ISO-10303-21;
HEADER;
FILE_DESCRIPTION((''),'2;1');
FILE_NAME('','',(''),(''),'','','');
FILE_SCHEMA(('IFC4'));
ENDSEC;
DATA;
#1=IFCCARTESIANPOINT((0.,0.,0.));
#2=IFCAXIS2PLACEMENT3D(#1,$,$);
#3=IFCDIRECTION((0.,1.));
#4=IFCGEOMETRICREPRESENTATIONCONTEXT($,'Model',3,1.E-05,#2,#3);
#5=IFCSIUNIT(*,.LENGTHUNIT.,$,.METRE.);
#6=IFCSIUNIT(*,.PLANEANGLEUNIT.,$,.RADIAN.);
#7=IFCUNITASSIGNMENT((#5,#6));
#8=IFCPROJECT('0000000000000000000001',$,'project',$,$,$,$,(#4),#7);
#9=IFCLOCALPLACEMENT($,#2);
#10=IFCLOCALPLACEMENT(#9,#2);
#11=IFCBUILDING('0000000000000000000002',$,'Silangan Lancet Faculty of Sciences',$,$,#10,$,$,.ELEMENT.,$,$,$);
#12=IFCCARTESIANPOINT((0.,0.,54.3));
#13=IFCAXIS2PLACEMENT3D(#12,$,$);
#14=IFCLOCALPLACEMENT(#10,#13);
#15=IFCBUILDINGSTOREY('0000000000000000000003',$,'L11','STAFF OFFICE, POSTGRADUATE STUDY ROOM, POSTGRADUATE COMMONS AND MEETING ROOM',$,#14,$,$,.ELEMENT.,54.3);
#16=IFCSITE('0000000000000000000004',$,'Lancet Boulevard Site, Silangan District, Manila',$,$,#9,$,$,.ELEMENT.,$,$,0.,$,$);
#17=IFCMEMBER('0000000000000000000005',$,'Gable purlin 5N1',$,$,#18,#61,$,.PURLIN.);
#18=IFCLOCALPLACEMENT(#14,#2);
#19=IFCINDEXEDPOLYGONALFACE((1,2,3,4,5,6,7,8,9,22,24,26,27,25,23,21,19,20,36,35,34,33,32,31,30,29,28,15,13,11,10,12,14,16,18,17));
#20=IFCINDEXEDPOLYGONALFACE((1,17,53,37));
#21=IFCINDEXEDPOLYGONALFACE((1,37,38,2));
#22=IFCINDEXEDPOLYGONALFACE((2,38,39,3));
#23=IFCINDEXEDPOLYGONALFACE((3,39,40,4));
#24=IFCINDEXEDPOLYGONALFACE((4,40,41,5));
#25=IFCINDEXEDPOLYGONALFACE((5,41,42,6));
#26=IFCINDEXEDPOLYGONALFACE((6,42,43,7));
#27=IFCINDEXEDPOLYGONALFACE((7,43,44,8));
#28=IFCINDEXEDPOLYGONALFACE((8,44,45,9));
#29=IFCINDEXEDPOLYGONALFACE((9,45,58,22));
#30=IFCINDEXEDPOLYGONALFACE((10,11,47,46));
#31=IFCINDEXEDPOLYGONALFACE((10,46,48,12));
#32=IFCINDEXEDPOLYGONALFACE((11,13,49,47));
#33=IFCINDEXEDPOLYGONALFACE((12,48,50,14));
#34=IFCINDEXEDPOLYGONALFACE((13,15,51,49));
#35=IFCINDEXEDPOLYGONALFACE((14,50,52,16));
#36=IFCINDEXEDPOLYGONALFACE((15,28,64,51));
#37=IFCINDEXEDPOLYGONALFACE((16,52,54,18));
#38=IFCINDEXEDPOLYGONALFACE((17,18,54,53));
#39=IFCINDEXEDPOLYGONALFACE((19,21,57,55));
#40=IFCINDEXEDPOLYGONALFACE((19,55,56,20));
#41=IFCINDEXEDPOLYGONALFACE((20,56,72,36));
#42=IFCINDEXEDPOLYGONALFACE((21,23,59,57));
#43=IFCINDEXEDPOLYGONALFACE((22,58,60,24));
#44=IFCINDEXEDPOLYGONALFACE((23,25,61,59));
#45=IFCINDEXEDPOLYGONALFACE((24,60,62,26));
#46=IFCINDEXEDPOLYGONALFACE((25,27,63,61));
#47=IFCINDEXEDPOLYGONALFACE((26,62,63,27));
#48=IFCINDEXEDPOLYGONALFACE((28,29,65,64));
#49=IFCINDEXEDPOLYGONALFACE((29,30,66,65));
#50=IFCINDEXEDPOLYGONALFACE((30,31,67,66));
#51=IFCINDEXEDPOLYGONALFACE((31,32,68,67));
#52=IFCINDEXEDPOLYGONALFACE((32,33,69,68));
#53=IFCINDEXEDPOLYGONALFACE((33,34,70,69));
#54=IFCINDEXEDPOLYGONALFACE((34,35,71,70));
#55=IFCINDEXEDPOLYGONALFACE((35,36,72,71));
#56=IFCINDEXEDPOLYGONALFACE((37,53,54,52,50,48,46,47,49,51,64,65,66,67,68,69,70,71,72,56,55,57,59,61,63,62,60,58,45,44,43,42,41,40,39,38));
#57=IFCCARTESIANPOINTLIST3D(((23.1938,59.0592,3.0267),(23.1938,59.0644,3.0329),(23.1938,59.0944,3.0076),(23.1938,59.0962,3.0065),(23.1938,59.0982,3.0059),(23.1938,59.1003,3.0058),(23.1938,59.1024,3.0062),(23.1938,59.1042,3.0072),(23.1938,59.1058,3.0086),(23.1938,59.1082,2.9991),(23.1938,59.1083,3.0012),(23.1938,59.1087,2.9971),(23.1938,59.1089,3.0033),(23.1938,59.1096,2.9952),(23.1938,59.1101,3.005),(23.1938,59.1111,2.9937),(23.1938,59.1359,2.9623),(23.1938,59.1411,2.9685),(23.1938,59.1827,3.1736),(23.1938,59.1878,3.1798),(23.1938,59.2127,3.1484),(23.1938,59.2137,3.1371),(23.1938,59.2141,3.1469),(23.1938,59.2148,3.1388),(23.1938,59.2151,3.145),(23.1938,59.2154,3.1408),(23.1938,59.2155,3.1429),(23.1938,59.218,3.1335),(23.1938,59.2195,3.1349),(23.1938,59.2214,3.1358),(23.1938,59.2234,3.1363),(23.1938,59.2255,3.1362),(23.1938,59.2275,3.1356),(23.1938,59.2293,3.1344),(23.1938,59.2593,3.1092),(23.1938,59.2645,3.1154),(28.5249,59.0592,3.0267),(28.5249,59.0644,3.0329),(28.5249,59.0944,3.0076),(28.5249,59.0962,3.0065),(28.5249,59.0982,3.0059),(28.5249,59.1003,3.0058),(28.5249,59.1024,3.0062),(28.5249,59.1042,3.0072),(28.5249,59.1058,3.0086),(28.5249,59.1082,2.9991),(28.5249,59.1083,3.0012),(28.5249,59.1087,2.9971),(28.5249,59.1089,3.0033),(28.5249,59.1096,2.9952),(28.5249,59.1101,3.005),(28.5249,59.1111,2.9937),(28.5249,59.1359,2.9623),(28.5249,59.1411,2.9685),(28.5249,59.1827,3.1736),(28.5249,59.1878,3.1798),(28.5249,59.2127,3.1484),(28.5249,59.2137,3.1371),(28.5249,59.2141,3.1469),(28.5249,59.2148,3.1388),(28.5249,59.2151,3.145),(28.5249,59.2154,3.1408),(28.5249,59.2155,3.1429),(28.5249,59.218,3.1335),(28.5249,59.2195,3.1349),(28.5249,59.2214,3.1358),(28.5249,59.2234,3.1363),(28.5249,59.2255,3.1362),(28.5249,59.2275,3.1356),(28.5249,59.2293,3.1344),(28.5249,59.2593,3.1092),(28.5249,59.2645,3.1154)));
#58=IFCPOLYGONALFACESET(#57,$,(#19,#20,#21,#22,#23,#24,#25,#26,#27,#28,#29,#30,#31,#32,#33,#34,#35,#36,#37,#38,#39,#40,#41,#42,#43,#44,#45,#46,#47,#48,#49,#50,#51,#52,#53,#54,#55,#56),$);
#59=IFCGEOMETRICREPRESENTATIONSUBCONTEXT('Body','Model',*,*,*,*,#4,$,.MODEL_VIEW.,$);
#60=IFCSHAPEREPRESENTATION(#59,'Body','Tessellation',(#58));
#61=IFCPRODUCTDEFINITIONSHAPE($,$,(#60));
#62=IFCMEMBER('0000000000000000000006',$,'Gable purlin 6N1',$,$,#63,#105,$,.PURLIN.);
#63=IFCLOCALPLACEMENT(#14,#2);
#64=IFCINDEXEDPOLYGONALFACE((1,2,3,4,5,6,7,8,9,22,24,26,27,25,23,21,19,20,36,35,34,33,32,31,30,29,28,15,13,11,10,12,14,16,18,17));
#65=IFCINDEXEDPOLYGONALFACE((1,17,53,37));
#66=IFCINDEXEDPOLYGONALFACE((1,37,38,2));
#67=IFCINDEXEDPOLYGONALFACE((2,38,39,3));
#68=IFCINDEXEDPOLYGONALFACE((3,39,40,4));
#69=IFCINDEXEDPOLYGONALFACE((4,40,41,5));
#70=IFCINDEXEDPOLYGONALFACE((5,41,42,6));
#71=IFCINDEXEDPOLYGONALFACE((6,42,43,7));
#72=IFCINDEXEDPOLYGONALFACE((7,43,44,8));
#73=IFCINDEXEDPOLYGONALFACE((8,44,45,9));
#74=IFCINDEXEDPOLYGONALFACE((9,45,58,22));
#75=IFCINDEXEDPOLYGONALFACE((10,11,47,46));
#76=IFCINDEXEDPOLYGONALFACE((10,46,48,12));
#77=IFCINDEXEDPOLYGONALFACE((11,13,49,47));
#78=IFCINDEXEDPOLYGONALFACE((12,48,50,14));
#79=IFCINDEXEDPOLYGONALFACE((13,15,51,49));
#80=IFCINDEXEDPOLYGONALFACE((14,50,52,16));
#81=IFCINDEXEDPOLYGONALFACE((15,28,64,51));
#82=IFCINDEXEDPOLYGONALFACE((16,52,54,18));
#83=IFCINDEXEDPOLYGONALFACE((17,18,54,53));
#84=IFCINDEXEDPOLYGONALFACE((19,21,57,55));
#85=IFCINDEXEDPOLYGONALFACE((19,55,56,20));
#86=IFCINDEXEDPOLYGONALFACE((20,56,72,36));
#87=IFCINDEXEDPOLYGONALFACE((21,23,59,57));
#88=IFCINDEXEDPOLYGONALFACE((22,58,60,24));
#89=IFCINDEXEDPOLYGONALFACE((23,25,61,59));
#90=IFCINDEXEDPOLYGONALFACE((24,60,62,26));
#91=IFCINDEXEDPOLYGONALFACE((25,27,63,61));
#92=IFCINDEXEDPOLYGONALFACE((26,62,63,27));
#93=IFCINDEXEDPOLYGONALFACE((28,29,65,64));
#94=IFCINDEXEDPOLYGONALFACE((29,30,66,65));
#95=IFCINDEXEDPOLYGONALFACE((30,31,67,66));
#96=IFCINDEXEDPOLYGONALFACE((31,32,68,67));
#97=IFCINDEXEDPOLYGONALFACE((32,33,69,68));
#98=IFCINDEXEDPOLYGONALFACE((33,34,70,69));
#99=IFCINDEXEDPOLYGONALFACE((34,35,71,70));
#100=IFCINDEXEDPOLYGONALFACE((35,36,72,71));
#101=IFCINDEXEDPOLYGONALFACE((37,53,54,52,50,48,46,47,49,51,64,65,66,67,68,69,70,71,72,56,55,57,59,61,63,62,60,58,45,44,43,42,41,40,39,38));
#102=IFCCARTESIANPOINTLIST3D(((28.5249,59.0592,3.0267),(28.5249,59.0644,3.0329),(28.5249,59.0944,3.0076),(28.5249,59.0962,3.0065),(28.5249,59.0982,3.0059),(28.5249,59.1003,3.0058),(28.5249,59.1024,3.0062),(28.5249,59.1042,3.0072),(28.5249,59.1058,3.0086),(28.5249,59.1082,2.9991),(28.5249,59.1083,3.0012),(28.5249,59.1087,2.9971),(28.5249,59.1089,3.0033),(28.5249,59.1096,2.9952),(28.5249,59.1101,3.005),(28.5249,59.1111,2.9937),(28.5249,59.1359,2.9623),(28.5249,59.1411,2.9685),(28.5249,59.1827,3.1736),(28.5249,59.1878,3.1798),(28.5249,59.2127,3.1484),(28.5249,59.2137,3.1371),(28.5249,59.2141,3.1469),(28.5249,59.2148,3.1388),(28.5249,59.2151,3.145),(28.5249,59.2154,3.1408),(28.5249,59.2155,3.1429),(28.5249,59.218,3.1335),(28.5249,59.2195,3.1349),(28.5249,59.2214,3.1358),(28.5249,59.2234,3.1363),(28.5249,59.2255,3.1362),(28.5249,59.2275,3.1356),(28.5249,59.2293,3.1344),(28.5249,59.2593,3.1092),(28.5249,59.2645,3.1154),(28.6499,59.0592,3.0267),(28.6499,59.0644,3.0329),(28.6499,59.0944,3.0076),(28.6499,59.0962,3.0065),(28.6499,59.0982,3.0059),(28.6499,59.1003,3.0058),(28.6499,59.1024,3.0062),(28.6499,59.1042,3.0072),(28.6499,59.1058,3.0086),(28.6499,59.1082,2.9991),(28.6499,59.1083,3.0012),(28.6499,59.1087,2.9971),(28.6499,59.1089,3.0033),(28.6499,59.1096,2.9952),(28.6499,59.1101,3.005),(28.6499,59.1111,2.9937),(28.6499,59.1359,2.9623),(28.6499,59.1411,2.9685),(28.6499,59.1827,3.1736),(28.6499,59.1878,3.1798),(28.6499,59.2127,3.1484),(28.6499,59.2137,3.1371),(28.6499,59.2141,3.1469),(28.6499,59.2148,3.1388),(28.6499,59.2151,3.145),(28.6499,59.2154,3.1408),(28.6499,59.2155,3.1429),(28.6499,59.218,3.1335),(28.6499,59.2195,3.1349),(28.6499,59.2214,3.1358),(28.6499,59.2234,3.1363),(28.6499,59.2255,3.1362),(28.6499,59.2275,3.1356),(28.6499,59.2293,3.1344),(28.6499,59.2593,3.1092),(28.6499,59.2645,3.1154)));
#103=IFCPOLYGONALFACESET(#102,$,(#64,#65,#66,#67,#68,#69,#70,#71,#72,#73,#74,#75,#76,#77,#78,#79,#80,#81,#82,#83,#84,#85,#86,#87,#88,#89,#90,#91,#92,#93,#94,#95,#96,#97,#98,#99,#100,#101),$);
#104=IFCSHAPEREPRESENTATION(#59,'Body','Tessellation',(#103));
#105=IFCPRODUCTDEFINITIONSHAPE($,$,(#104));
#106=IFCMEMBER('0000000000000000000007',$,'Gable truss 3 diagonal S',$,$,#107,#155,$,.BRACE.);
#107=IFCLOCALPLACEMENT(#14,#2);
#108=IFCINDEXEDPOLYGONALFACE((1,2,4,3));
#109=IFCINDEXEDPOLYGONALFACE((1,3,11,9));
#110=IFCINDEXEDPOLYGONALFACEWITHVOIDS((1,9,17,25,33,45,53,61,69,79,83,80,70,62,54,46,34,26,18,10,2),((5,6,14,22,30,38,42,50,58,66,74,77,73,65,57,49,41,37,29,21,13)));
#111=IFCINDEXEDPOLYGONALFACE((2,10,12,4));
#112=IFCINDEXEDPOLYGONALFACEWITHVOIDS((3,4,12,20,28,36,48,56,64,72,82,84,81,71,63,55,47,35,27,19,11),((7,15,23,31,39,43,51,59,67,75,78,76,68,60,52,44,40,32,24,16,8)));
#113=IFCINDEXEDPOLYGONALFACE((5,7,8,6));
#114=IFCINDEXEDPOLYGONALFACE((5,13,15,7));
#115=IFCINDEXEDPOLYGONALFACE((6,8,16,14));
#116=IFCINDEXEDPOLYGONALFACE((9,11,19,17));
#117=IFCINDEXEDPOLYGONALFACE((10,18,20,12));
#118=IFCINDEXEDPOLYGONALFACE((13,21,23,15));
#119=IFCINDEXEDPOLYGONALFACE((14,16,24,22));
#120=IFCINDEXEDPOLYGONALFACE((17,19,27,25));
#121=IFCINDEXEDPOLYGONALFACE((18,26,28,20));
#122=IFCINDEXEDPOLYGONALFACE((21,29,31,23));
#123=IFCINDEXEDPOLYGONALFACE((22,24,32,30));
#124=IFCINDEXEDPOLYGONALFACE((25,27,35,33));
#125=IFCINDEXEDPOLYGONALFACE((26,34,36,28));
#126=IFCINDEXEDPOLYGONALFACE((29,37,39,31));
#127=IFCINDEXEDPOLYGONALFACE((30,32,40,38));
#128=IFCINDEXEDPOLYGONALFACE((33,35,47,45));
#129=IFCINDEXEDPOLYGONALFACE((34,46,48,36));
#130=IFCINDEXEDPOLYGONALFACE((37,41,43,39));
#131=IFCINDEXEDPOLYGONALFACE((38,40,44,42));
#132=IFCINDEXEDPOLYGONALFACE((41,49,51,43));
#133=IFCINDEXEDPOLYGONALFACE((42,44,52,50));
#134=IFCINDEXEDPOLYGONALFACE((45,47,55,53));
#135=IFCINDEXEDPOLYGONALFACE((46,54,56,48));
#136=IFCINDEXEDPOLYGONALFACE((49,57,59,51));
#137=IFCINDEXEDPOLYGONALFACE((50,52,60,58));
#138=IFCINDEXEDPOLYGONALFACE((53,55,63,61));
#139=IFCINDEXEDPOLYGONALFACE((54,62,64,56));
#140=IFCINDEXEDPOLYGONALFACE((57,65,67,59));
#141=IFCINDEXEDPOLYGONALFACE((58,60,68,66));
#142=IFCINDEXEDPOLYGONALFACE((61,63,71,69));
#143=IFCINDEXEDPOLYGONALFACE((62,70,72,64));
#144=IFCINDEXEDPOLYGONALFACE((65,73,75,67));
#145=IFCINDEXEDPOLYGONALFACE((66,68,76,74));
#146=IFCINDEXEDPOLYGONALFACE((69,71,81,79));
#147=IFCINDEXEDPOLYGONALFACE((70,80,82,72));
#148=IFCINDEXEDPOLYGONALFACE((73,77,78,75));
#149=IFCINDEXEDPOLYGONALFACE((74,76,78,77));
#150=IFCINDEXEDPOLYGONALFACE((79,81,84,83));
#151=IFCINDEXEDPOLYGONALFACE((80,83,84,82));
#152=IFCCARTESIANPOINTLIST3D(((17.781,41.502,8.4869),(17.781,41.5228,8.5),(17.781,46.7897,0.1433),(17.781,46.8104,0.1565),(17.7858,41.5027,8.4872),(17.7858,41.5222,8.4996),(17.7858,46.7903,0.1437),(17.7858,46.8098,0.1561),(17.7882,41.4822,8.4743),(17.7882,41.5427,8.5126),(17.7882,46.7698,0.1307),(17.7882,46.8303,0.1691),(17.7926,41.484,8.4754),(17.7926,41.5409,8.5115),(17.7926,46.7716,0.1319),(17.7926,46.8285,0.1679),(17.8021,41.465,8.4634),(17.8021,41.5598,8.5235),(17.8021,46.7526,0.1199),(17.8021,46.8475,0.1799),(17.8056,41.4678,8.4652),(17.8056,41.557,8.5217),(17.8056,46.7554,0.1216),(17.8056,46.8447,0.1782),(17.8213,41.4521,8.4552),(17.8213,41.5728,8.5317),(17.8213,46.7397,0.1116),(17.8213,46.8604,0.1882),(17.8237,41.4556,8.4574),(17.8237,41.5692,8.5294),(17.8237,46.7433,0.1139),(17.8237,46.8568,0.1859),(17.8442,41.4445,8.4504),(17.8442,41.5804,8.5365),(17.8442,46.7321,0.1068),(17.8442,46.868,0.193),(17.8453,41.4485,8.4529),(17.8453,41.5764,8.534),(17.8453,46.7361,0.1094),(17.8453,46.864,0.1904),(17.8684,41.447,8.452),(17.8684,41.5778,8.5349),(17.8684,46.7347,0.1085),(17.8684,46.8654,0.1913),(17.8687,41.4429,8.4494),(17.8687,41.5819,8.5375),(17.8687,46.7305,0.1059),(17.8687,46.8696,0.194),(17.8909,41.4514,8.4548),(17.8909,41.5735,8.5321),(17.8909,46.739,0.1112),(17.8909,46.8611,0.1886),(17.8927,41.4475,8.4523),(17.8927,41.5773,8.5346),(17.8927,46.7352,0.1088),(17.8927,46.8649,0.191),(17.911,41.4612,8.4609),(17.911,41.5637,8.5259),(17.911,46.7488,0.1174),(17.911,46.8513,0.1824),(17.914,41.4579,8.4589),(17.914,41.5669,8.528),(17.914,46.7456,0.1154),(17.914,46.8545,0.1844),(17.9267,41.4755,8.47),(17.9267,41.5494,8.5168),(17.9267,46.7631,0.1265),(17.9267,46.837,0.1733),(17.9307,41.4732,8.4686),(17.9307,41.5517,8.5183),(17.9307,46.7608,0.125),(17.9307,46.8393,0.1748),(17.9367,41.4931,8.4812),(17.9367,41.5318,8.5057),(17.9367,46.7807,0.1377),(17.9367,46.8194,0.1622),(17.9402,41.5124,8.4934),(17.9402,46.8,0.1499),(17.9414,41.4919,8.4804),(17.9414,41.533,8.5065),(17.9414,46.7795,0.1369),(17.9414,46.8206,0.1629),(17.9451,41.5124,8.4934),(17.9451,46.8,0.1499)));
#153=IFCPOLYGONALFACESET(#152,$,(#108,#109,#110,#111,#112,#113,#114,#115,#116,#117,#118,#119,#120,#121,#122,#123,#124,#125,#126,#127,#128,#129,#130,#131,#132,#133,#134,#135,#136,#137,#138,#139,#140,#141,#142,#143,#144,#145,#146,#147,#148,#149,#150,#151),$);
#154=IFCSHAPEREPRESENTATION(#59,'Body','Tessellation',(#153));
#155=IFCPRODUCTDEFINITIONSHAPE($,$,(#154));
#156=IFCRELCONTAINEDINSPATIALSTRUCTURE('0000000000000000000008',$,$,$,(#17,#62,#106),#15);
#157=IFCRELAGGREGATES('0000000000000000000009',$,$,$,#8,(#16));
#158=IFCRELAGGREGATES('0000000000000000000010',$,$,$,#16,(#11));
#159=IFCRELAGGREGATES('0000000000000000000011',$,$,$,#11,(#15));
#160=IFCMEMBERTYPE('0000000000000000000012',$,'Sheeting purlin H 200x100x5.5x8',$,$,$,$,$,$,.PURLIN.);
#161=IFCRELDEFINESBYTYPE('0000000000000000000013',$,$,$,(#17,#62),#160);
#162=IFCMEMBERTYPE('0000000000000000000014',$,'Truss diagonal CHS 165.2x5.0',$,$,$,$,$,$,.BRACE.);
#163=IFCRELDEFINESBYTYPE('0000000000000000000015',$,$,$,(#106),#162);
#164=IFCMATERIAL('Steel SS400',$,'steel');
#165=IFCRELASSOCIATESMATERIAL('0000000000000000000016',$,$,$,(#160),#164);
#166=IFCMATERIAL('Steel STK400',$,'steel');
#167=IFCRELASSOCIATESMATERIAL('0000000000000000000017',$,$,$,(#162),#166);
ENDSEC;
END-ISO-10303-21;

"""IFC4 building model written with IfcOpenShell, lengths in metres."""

from ifc_helpers import new_model, si_unit, direction, frame, origin, origin_2d, place, context, subcontext, project, spatial, hollow_circle, i_section, extrude, material, material_profile, profile_set, type_object, element, save


model = new_model("IFC4")

# Units and contexts
model_context = context("Model", 3, precision=1e-05, world=origin(), true_north=direction((0.0, 1.0)))
body_context = subcontext(model_context, "Body", "Model", "MODEL_VIEW")
ifc_project = project(units=[si_unit("LENGTHUNIT", "METRE"), si_unit("PLANEANGLEUNIT", "RADIAN")], contexts=[model_context])

# Site, building, storey
site_placement = place(None, origin())
site = spatial("IfcSite", under=ifc_project, at=site_placement, Name="Lancet Boulevard Site, Silangan District, Manila", CompositionType="ELEMENT", RefElevation=0.0)
building_placement = place(site_placement, origin())
building = spatial("IfcBuilding", under=site, at=building_placement, Name="Silangan Lancet Faculty of Sciences", CompositionType="ELEMENT")
storey_placement = place(building_placement, frame((0.0, 0.0, 54.3)))
storey = spatial("IfcBuildingStorey", under=building, at=storey_placement, Name="L11", Description="STAFF OFFICE, POSTGRADUATE STUDY ROOM, POSTGRADUATE COMMONS AND MEETING ROOM", CompositionType="ELEMENT", Elevation=54.3)

# Members
ifc_material_1 = material(Name="Steel SS400", Category="steel")
ifc_material_profile_1 = material_profile(ifc_material_1, i_section(OverallWidth=0.1001, OverallDepth=0.2, WebThickness=0.0056, FlangeThickness=0.0081, FilletRadius=0.0081, at=origin_2d()), Name="H 200x100x5.5x8")
ifc_profile_set_1 = profile_set([ifc_material_profile_1], Name="Steel SS400")
member_type_1 = type_object("IfcMemberType", Name="Sheeting purlin H 200x100x5.5x8", PredefinedType="PURLIN", material=ifc_profile_set_1)
member_1_placement = place(storey_placement, frame((23.1938, 59.1619, 3.071), z_axis=(1.0, 0.0, 0.0), x_axis=(0.0, 0.765705, -0.643192)))
element("IfcMember", 1, at=member_1_placement, inside=storey, type_object=member_type_1, Name="Gable purlin 5N1", PredefinedType="PURLIN", context=body_context, shape_type="SweptSolid", body=[
    extrude(i_section(OverallWidth=0.1001, OverallDepth=0.2, WebThickness=0.0056, FlangeThickness=0.0081, FilletRadius=0.0081, at=origin_2d()), origin(), (0.0, 0.0, 1.0), 5.3311),
])
member_2_placement = place(storey_placement, frame((28.5249, 59.1619, 3.071), z_axis=(1.0, 0.0, 0.0), x_axis=(0.0, 0.765705, -0.643192)))
element("IfcMember", 2, at=member_2_placement, inside=storey, type_object=member_type_1, Name="Gable purlin 6N1", PredefinedType="PURLIN", context=body_context, shape_type="SweptSolid", body=[
    extrude(i_section(OverallWidth=0.1001, OverallDepth=0.2, WebThickness=0.0056, FlangeThickness=0.0081, FilletRadius=0.0081, at=origin_2d()), origin(), (0.0, 0.0, 1.0), 0.125),
])
ifc_material_2 = material(Name="Steel STK400", Category="steel")
ifc_material_profile_2 = material_profile(ifc_material_2, hollow_circle(Radius=0.0825, WallThickness=0.0049, at=origin_2d()), Name="CHS 165.2x5.0")
ifc_profile_set_2 = profile_set([ifc_material_profile_2], Name="Steel STK400")
member_type_2 = type_object("IfcMemberType", Name="Truss diagonal CHS 165.2x5.0", PredefinedType="BRACE", material=ifc_profile_set_2)
member_3_placement = place(storey_placement, frame((17.8625, 46.8, 0.1499), z_axis=(0.0, -0.535296, 0.844664), x_axis=(1.0, 0.0, 0.0)))
element("IfcMember", 3, at=member_3_placement, inside=storey, type_object=member_type_2, Name="Gable truss 3 diagonal S", PredefinedType="BRACE", context=body_context, shape_type="SweptSolid", body=[
    extrude(hollow_circle(Radius=0.0825, WallThickness=0.0049, at=origin_2d()), origin(), (0.0, 0.0, 1.0), 9.8779),
])

save(model, "model.ifc")
